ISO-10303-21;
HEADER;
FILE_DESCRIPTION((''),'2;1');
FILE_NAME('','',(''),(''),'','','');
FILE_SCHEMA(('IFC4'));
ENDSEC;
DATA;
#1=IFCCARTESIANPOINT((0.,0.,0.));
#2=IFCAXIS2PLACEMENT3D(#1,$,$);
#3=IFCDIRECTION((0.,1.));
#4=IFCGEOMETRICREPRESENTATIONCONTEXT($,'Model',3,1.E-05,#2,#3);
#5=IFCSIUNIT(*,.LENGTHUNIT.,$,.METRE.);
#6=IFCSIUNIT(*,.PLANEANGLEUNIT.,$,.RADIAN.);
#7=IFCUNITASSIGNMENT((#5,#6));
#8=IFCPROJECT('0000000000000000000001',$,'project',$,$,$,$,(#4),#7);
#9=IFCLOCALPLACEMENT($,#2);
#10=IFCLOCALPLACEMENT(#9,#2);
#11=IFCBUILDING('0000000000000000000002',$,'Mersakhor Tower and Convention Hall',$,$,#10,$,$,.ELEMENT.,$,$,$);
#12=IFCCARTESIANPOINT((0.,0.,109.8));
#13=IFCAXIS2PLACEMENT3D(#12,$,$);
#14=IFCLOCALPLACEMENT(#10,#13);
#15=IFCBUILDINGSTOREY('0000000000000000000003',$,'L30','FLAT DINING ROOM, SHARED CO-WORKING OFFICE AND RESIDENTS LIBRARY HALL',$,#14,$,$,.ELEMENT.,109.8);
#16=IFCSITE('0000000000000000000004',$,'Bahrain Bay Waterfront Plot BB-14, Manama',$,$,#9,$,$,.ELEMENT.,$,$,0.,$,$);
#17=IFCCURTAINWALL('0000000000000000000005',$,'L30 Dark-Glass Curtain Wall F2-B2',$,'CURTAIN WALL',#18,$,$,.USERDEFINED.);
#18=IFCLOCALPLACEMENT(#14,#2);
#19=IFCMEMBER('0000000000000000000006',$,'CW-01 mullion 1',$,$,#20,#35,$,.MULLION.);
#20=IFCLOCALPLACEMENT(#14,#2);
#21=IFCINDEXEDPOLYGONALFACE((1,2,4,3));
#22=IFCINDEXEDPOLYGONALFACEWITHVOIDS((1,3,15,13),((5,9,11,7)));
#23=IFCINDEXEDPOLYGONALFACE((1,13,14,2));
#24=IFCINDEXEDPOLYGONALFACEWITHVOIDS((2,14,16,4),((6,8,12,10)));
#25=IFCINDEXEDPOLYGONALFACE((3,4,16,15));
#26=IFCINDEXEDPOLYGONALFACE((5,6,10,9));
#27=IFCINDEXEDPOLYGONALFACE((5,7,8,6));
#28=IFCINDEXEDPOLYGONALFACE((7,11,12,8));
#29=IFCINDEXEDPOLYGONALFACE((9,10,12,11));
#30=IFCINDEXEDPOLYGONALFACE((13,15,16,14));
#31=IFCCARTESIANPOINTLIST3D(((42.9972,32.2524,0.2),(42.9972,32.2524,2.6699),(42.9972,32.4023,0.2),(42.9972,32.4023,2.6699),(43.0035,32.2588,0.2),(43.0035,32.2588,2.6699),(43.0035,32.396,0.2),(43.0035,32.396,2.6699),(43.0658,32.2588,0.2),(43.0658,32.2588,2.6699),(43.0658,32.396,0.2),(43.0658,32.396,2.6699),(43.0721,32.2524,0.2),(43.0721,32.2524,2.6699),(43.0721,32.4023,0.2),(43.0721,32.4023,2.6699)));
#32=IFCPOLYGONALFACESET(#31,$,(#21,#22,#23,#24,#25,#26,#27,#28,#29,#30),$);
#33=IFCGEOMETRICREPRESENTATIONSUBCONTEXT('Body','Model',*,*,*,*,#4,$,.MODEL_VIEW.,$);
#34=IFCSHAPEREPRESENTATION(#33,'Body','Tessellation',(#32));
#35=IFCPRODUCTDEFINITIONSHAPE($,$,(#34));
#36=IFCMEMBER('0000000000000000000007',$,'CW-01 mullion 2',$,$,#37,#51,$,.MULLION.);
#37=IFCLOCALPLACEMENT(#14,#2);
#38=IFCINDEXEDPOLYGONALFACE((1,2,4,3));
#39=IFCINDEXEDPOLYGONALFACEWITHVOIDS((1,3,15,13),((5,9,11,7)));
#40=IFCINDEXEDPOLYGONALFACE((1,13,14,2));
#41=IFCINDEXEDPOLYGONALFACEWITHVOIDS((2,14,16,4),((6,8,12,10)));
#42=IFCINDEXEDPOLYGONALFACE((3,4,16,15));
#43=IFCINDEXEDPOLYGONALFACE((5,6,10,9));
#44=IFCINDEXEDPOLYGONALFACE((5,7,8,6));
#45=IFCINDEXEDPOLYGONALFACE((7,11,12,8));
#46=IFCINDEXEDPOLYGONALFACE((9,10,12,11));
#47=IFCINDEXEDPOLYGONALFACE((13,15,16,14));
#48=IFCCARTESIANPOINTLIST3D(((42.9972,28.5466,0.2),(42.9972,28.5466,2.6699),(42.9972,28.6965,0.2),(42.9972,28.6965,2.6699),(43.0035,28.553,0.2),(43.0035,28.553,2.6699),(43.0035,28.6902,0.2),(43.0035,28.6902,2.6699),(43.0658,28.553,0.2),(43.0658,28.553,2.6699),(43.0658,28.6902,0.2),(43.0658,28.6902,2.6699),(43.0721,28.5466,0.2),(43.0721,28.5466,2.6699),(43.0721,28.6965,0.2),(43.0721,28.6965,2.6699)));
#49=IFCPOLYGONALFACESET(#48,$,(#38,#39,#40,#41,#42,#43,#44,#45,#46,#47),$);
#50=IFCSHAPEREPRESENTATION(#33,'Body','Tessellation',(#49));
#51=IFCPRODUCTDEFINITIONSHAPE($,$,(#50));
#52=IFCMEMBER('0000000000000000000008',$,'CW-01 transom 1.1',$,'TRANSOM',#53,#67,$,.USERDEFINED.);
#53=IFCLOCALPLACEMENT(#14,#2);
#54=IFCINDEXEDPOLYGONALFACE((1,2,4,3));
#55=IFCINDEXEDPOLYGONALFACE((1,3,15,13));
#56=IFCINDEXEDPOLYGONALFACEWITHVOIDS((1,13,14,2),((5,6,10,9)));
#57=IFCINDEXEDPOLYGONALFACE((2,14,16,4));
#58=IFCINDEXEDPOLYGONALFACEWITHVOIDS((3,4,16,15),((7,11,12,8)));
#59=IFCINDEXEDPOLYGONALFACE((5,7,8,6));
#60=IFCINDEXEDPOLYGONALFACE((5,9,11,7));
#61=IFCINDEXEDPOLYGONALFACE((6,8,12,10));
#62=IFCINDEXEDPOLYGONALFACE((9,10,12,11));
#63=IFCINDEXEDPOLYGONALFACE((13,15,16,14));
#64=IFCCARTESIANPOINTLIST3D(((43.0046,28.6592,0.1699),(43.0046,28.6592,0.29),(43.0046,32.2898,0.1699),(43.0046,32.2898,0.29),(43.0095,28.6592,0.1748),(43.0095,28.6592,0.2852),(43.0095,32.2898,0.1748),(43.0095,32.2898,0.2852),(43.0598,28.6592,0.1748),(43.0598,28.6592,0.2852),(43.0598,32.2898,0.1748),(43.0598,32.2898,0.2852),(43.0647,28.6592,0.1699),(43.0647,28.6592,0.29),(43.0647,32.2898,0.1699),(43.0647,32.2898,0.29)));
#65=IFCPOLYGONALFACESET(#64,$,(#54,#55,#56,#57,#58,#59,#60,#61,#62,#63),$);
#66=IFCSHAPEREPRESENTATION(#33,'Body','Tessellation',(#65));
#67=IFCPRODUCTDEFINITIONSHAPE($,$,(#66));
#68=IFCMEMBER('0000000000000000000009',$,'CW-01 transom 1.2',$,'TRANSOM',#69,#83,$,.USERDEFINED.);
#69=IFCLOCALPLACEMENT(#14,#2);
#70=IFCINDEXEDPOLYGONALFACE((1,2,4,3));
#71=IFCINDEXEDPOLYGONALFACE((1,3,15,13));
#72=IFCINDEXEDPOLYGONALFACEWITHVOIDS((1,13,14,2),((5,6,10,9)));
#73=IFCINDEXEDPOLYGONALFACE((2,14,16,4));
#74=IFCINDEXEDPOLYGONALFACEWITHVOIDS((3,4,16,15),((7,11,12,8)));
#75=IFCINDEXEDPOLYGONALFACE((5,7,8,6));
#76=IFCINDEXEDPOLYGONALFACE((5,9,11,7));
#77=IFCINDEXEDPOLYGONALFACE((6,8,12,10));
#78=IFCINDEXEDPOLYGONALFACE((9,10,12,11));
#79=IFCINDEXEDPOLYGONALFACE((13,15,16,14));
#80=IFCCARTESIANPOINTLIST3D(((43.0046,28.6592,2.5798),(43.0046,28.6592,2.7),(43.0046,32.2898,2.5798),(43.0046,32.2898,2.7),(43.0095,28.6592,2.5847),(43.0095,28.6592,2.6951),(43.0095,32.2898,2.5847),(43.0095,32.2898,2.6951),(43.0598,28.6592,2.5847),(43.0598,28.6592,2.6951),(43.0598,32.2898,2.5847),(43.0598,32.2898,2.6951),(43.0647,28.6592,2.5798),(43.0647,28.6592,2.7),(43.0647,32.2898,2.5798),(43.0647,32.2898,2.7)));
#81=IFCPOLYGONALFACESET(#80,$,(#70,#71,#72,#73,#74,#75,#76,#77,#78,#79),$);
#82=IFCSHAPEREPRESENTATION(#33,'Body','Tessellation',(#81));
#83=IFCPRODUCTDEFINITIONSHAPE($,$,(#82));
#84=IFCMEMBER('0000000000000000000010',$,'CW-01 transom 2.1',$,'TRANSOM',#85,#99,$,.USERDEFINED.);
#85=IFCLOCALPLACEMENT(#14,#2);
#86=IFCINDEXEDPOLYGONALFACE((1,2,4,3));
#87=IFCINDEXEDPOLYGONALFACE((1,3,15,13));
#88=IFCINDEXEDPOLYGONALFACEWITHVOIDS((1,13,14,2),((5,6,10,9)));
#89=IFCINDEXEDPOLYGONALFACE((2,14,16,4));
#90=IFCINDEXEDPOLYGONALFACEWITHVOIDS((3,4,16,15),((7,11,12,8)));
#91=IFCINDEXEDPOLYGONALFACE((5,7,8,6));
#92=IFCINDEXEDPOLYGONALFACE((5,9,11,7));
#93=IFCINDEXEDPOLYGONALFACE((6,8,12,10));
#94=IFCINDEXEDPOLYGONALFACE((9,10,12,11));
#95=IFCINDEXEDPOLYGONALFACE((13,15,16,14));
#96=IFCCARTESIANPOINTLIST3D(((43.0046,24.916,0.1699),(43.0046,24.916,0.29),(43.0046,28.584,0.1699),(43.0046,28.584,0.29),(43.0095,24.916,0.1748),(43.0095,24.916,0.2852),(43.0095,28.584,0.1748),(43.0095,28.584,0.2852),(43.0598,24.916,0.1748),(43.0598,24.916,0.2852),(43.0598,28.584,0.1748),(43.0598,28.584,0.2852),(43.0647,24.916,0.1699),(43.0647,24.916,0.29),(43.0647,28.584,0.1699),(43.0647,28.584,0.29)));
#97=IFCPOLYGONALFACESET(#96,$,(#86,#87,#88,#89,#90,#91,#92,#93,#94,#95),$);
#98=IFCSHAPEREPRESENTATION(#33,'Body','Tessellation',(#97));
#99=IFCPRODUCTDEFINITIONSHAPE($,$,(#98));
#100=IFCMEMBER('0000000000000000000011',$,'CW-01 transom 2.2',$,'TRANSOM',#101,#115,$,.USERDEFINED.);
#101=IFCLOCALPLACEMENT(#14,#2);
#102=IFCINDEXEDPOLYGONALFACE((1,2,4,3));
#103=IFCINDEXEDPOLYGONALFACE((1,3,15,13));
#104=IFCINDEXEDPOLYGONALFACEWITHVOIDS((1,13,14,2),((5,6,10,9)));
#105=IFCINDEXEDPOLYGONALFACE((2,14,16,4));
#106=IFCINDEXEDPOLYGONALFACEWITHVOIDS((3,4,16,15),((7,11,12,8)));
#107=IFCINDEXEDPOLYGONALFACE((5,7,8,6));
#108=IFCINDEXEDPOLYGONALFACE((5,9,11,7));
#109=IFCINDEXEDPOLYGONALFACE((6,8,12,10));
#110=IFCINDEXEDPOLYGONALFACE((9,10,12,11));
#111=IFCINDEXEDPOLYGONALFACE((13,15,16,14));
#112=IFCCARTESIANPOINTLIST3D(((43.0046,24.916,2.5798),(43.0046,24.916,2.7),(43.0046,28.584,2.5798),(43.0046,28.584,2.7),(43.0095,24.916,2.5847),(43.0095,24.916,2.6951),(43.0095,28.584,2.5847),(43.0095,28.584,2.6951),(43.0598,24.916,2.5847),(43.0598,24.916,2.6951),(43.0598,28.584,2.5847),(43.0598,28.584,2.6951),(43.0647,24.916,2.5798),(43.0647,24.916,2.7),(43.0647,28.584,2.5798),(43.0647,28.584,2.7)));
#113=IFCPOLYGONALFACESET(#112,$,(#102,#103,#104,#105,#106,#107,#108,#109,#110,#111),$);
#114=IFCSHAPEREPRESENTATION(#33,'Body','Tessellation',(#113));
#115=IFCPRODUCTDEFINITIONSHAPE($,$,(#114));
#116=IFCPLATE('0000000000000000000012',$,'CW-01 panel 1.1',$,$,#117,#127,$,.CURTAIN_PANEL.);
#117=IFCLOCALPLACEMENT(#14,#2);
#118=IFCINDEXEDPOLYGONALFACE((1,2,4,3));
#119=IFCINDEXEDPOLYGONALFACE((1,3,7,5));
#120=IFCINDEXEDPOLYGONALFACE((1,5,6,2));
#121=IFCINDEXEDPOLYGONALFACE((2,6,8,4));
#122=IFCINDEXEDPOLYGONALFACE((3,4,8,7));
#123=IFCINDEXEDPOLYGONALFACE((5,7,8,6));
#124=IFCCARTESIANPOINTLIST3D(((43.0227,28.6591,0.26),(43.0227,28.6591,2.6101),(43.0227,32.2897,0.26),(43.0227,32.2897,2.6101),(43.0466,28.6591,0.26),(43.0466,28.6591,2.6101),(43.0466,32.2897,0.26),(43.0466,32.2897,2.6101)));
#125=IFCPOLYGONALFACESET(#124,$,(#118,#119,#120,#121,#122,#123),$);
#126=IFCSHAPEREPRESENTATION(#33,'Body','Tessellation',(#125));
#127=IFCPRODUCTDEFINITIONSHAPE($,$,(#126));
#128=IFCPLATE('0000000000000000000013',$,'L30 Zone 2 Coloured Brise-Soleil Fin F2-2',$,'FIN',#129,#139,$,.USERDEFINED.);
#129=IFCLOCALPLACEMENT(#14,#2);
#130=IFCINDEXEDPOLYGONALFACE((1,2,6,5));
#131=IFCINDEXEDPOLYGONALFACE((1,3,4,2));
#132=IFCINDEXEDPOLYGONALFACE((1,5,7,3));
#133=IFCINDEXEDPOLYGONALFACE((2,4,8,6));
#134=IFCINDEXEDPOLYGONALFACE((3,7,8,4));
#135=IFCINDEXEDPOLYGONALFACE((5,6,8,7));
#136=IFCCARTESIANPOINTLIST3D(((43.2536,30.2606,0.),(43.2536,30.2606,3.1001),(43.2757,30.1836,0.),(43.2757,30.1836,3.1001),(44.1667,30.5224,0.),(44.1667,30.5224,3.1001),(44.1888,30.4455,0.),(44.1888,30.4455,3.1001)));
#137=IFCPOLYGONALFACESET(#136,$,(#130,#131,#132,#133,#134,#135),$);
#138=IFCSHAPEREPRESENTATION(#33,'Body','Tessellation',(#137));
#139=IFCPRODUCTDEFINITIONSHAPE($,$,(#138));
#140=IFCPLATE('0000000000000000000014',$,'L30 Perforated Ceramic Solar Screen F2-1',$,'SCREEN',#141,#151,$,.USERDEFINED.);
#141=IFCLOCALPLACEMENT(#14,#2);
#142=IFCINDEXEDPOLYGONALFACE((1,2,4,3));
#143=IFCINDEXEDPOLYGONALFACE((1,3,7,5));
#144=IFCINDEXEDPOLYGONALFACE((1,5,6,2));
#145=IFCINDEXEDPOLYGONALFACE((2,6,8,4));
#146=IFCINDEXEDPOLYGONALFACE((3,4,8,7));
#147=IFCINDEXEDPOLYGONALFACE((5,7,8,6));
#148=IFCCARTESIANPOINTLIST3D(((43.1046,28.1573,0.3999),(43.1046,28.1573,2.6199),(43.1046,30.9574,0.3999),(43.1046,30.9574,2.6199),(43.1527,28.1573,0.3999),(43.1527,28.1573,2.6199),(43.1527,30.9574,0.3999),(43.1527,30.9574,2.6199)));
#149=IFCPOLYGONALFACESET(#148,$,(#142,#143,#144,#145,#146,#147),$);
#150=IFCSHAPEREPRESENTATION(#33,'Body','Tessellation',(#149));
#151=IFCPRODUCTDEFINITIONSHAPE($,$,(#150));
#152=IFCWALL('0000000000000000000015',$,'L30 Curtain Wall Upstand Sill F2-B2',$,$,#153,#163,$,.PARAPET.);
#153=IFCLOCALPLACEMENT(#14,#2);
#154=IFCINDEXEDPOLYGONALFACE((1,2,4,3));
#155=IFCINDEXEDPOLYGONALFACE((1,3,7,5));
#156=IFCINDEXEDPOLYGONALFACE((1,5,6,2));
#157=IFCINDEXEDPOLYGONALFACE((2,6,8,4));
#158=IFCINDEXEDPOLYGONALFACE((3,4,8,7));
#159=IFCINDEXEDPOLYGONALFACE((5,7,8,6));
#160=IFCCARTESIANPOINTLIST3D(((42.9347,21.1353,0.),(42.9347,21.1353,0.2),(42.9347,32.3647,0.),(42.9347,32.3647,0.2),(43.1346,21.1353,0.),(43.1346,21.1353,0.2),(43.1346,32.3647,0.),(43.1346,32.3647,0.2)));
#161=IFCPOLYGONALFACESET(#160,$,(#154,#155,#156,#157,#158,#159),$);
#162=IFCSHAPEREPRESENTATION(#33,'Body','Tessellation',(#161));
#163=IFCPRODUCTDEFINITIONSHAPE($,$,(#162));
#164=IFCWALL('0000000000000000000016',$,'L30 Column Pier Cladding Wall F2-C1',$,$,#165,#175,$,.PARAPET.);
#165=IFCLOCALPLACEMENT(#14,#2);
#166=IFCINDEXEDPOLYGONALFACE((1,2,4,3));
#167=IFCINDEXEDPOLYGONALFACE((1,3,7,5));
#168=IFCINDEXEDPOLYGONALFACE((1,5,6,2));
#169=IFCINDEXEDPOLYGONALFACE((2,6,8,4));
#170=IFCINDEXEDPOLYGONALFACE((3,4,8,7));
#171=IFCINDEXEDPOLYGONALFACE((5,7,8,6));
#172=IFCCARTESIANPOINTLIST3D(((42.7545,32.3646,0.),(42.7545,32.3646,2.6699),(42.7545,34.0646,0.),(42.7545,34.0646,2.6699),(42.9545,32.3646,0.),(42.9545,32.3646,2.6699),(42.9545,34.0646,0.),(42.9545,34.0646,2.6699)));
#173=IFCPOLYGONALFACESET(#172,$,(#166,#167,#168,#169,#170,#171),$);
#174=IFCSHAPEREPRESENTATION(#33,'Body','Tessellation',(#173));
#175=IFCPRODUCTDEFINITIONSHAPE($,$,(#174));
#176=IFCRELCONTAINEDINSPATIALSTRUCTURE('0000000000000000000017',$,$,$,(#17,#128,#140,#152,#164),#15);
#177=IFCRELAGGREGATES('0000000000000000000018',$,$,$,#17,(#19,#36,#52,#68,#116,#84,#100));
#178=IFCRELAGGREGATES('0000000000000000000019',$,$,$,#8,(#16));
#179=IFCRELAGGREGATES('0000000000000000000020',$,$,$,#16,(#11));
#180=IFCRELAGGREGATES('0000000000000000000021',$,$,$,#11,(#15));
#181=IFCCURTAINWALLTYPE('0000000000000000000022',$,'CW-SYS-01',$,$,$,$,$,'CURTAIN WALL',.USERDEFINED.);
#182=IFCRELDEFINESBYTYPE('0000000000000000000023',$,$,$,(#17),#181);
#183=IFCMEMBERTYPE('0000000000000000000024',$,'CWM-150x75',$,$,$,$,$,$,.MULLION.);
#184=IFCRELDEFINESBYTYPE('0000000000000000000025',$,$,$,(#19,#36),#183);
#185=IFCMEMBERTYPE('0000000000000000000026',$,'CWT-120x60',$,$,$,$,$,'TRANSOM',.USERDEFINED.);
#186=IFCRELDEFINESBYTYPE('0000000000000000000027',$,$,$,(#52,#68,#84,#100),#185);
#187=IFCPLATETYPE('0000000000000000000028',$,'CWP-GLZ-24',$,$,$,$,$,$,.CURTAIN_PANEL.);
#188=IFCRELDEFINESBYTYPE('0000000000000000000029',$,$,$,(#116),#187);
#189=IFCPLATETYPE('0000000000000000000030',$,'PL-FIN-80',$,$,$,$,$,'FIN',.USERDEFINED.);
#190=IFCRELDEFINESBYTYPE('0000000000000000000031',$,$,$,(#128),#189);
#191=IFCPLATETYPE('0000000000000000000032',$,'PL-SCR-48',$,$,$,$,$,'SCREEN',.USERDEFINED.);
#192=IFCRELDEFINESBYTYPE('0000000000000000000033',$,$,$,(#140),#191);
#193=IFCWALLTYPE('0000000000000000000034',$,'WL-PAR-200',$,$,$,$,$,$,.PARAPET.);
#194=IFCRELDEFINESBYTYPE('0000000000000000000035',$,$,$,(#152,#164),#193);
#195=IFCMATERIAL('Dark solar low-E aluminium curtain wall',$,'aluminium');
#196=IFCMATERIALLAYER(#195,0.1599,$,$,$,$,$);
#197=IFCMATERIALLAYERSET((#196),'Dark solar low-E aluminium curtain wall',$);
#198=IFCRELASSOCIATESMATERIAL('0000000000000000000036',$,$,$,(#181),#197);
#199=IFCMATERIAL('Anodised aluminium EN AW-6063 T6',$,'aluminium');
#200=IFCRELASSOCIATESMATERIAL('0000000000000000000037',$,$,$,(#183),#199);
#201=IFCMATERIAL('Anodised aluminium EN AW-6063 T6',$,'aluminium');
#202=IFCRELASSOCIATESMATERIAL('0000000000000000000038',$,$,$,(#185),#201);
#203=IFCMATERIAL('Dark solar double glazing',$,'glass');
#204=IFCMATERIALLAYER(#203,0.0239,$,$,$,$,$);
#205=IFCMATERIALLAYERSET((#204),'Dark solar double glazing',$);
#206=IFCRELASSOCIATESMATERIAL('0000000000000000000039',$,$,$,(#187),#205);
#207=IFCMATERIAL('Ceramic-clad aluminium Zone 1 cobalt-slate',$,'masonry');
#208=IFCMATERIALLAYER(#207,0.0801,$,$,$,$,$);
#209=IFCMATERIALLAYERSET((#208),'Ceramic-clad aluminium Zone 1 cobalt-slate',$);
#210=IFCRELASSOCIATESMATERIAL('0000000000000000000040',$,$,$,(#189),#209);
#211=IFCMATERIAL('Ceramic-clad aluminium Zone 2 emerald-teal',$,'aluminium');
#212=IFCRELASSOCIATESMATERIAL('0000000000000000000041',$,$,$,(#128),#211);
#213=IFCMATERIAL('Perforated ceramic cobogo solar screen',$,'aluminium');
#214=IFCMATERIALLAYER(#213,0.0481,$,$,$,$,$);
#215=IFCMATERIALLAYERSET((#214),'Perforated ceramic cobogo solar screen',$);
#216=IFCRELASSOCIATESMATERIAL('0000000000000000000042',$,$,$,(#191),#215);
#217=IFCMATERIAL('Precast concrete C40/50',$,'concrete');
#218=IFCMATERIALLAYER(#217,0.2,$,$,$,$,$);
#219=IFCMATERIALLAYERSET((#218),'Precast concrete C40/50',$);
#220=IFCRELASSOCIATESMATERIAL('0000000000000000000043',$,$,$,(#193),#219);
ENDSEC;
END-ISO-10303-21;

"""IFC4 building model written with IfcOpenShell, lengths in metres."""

from ifc_helpers import new_model, si_unit, direction, frame, frame_2d, origin, origin_2d, place, context, subcontext, project, spatial, rectangle, hollow_rectangle, extrude, material, layer, layer_set, material_profile, profile_set, type_object, element, aggregate, save


model = new_model("IFC4")

# Units and contexts
model_context = context("Model", 3, precision=1e-05, world=origin(), true_north=direction((0.0, 1.0)))
body_context = subcontext(model_context, "Body", "Model", "MODEL_VIEW")
ifc_project = project(units=[si_unit("LENGTHUNIT", "METRE"), si_unit("PLANEANGLEUNIT", "RADIAN")], contexts=[model_context])

# Site, building, storey
site_placement = place(None, origin())
site = spatial("IfcSite", under=ifc_project, at=site_placement, Name="Bahrain Bay Waterfront Plot BB-14, Manama", CompositionType="ELEMENT", RefElevation=0.0)
building_placement = place(site_placement, origin())
building = spatial("IfcBuilding", under=site, at=building_placement, Name="Mersakhor Tower and Convention Hall", CompositionType="ELEMENT")
storey_placement = place(building_placement, frame((0.0, 0.0, 109.8)))
storey = spatial("IfcBuildingStorey", under=building, at=storey_placement, Name="L30", Description="FLAT DINING ROOM, SHARED CO-WORKING OFFICE AND RESIDENTS LIBRARY HALL", CompositionType="ELEMENT", Elevation=109.8)

# Curtain wall, members, plate
ifc_material_1 = material(Name="Dark solar low-E aluminium curtain wall", Category="aluminium")
ifc_layer_1 = layer(ifc_material_1, 0.1599)
ifc_layer_set_1 = layer_set([ifc_layer_1], Name="Dark solar low-E aluminium curtain wall")
curtain_wall_type = type_object("IfcCurtainWallType", Name="CW-SYS-01", ElementType="CURTAIN WALL", PredefinedType="USERDEFINED", material=ifc_layer_set_1)
curtain_wall_placement = place(storey_placement, origin())
curtain_wall = element("IfcCurtainWall", 1, at=curtain_wall_placement, inside=storey, type_object=curtain_wall_type, Name="L30 Dark-Glass Curtain Wall F2-B2", ObjectType="CURTAIN WALL", PredefinedType="USERDEFINED")
ifc_material_2 = material(Name="Anodised aluminium EN AW-6063 T6", Category="aluminium")
ifc_material_profile_1 = material_profile(ifc_material_2, hollow_rectangle(XDim=0.075, YDim=0.1499, WallThickness=0.0063, at=origin_2d()), Name="RHS 150x75x6.3")
ifc_profile_set_1 = profile_set([ifc_material_profile_1], Name="Anodised aluminium EN AW-6063 T6")
member_type_1 = type_object("IfcMemberType", Name="CWM-150x75", PredefinedType="MULLION", material=ifc_profile_set_1)
member_1_placement = place(storey_placement, frame((43.0347, 32.3274, 0.2), z_axis=(0.0, 0.0, 1.0), x_axis=(1.0, 0.0, 0.0)))
member_1 = element("IfcMember", 2, at=member_1_placement, type_object=member_type_1, Name="CW-01 mullion 1", PredefinedType="MULLION", context=body_context, shape_type="SweptSolid", body=[
    extrude(hollow_rectangle(XDim=0.075, YDim=0.1499, WallThickness=0.0063, at=origin_2d()), origin(), (0.0, 0.0, 1.0), 2.47),
])
member_2_placement = place(storey_placement, frame((43.0347, 28.6216, 0.2), z_axis=(0.0, 0.0, 1.0), x_axis=(1.0, 0.0, 0.0)))
member_2 = element("IfcMember", 3, at=member_2_placement, type_object=member_type_1, Name="CW-01 mullion 2", PredefinedType="MULLION", context=body_context, shape_type="SweptSolid", body=[
    extrude(hollow_rectangle(XDim=0.075, YDim=0.1499, WallThickness=0.0063, at=origin_2d()), origin(), (0.0, 0.0, 1.0), 2.47),
])
ifc_material_3 = material(Name="Anodised aluminium EN AW-6063 T6", Category="aluminium")
ifc_material_profile_2 = material_profile(ifc_material_3, hollow_rectangle(XDim=0.0601, YDim=0.1201, WallThickness=0.0049, at=origin_2d()), Name="RHS 120x60x5")
ifc_profile_set_2 = profile_set([ifc_material_profile_2], Name="Anodised aluminium EN AW-6063 T6")
member_type_2 = type_object("IfcMemberType", Name="CWT-120x60", ElementType="TRANSOM", PredefinedType="USERDEFINED", material=ifc_profile_set_2)
member_3_placement = place(storey_placement, frame((43.0347, 32.2898, 0.23), z_axis=(0.0, -1.0, 0.0), x_axis=(1.0, 0.0, 0.0)))
member_3 = element("IfcMember", 4, at=member_3_placement, type_object=member_type_2, Name="CW-01 transom 1.1", ObjectType="TRANSOM", PredefinedType="USERDEFINED", context=body_context, shape_type="SweptSolid", body=[
    extrude(hollow_rectangle(XDim=0.0601, YDim=0.1201, WallThickness=0.0049, at=origin_2d()), origin(), (0.0, 0.0, 1.0), 3.6306),
])
member_4_placement = place(storey_placement, frame((43.0347, 32.2898, 2.6399), z_axis=(0.0, -1.0, 0.0), x_axis=(1.0, 0.0, 0.0)))
member_4 = element("IfcMember", 5, at=member_4_placement, type_object=member_type_2, Name="CW-01 transom 1.2", ObjectType="TRANSOM", PredefinedType="USERDEFINED", context=body_context, shape_type="SweptSolid", body=[
    extrude(hollow_rectangle(XDim=0.0601, YDim=0.1201, WallThickness=0.0049, at=origin_2d()), origin(), (0.0, 0.0, 1.0), 3.6306),
])
member_5_placement = place(storey_placement, frame((43.0347, 28.584, 0.23), z_axis=(0.0, -1.0, 0.0), x_axis=(1.0, 0.0, 0.0)))
member_5 = element("IfcMember", 6, at=member_5_placement, type_object=member_type_2, Name="CW-01 transom 2.1", ObjectType="TRANSOM", PredefinedType="USERDEFINED", context=body_context, shape_type="SweptSolid", body=[
    extrude(hollow_rectangle(XDim=0.0601, YDim=0.1201, WallThickness=0.0049, at=origin_2d()), origin(), (0.0, 0.0, 1.0), 3.668),
])
member_6_placement = place(storey_placement, frame((43.0347, 28.584, 2.6399), z_axis=(0.0, -1.0, 0.0), x_axis=(1.0, 0.0, 0.0)))
member_6 = element("IfcMember", 7, at=member_6_placement, type_object=member_type_2, Name="CW-01 transom 2.2", ObjectType="TRANSOM", PredefinedType="USERDEFINED", context=body_context, shape_type="SweptSolid", body=[
    extrude(hollow_rectangle(XDim=0.0601, YDim=0.1201, WallThickness=0.0049, at=origin_2d()), origin(), (0.0, 0.0, 1.0), 3.668),
])
ifc_material_4 = material(Name="Dark solar double glazing", Category="glass")
ifc_layer_2 = layer(ifc_material_4, 0.0239)
ifc_layer_set_2 = layer_set([ifc_layer_2], Name="Dark solar double glazing")
plate_type_1 = type_object("IfcPlateType", Name="CWP-GLZ-24", PredefinedType="CURTAIN_PANEL", material=ifc_layer_set_2)
plate_1_placement = place(storey_placement, frame((43.0347, 30.4744, 0.26), z_axis=(0.0, 0.0, 1.0), x_axis=(0.0, -1.0, 0.0)))
plate_1 = element("IfcPlate", 8, at=plate_1_placement, type_object=plate_type_1, Name="CW-01 panel 1.1", PredefinedType="CURTAIN_PANEL", context=body_context, shape_type="SweptSolid", body=[
    extrude(rectangle(XDim=3.6306, YDim=0.0239, at=origin_2d()), origin(), (0.0, 0.0, 1.0), 2.3501),
])
aggregate(curtain_wall, [member_1, member_2, member_3, member_4, plate_1, member_5, member_6])

# Plates
ifc_material_5 = material(Name="Ceramic-clad aluminium Zone 2 emerald-teal", Category="aluminium")
ifc_material_6 = material(Name="Ceramic-clad aluminium Zone 1 cobalt-slate", Category="masonry")
ifc_layer_3 = layer(ifc_material_6, 0.0801)
ifc_layer_set_3 = layer_set([ifc_layer_3], Name="Ceramic-clad aluminium Zone 1 cobalt-slate")
plate_type_2 = type_object("IfcPlateType", Name="PL-FIN-80", ElementType="FIN", PredefinedType="USERDEFINED", material=ifc_layer_set_3)
plate_2_placement = place(storey_placement, frame((43.7212, 30.353, 0.0), z_axis=(0.0, 0.0, 1.0), x_axis=(0.961262, 0.275637, 0.0)))
element("IfcPlate", 9, at=plate_2_placement, inside=storey, type_object=plate_type_2, material=ifc_material_5, Name="L30 Zone 2 Coloured Brise-Soleil Fin F2-2", ObjectType="FIN", PredefinedType="USERDEFINED", context=body_context, shape_type="SweptSolid", body=[
    extrude(rectangle(XDim=0.95, YDim=0.0801, at=origin_2d()), origin(), (0.0, 0.0, 1.0), 3.1001),
])
ifc_material_7 = material(Name="Perforated ceramic cobogo solar screen", Category="aluminium")
ifc_layer_4 = layer(ifc_material_7, 0.0481)
ifc_layer_set_4 = layer_set([ifc_layer_4], Name="Perforated ceramic cobogo solar screen")
plate_type_3 = type_object("IfcPlateType", Name="PL-SCR-48", ElementType="SCREEN", PredefinedType="USERDEFINED", material=ifc_layer_set_4)
plate_3_placement = place(storey_placement, frame((43.1287, 29.5574, 0.3999), z_axis=(0.0, 0.0, 1.0), x_axis=(0.0, -1.0, 0.0)))
element("IfcPlate", 10, at=plate_3_placement, inside=storey, type_object=plate_type_3, Name="L30 Perforated Ceramic Solar Screen F2-1", ObjectType="SCREEN", PredefinedType="USERDEFINED", context=body_context, shape_type="SweptSolid", body=[
    extrude(rectangle(XDim=2.8, YDim=0.0481, at=origin_2d()), origin(), (0.0, 0.0, 1.0), 2.22),
])

# Walls
ifc_material_8 = material(Name="Precast concrete C40/50", Category="concrete")
ifc_layer_5 = layer(ifc_material_8, 0.2)
ifc_layer_set_5 = layer_set([ifc_layer_5], Name="Precast concrete C40/50")
wall_type_1 = type_object("IfcWallType", Name="WL-PAR-200", PredefinedType="PARAPET", material=ifc_layer_set_5)
wall_1_placement = place(storey_placement, frame((43.0347, 32.3647, 0.0), z_axis=(0.0, 0.0, 1.0), x_axis=(0.0, -1.0, 0.0)))
element("IfcWall", 11, at=wall_1_placement, inside=storey, type_object=wall_type_1, Name="L30 Curtain Wall Upstand Sill F2-B2", PredefinedType="PARAPET", context=body_context, shape_type="SweptSolid", body=[
    extrude(rectangle(XDim=11.2295, YDim=0.2, at=frame_2d((5.6147, 0.0))), origin(), (0.0, 0.0, 1.0), 0.2),
])
wall_2_placement = place(storey_placement, frame((42.8545, 34.0647, 0.0), z_axis=(0.0, 0.0, 1.0), x_axis=(0.0, -1.0, 0.0)))
element("IfcWall", 12, at=wall_2_placement, inside=storey, type_object=wall_type_1, Name="L30 Column Pier Cladding Wall F2-C1", PredefinedType="PARAPET", context=body_context, shape_type="SweptSolid", body=[
    extrude(rectangle(XDim=1.7, YDim=0.2, at=frame_2d((0.8501, 0.0))), origin(), (0.0, 0.0, 1.0), 2.6699),
])

save(model, "model.ifc")
